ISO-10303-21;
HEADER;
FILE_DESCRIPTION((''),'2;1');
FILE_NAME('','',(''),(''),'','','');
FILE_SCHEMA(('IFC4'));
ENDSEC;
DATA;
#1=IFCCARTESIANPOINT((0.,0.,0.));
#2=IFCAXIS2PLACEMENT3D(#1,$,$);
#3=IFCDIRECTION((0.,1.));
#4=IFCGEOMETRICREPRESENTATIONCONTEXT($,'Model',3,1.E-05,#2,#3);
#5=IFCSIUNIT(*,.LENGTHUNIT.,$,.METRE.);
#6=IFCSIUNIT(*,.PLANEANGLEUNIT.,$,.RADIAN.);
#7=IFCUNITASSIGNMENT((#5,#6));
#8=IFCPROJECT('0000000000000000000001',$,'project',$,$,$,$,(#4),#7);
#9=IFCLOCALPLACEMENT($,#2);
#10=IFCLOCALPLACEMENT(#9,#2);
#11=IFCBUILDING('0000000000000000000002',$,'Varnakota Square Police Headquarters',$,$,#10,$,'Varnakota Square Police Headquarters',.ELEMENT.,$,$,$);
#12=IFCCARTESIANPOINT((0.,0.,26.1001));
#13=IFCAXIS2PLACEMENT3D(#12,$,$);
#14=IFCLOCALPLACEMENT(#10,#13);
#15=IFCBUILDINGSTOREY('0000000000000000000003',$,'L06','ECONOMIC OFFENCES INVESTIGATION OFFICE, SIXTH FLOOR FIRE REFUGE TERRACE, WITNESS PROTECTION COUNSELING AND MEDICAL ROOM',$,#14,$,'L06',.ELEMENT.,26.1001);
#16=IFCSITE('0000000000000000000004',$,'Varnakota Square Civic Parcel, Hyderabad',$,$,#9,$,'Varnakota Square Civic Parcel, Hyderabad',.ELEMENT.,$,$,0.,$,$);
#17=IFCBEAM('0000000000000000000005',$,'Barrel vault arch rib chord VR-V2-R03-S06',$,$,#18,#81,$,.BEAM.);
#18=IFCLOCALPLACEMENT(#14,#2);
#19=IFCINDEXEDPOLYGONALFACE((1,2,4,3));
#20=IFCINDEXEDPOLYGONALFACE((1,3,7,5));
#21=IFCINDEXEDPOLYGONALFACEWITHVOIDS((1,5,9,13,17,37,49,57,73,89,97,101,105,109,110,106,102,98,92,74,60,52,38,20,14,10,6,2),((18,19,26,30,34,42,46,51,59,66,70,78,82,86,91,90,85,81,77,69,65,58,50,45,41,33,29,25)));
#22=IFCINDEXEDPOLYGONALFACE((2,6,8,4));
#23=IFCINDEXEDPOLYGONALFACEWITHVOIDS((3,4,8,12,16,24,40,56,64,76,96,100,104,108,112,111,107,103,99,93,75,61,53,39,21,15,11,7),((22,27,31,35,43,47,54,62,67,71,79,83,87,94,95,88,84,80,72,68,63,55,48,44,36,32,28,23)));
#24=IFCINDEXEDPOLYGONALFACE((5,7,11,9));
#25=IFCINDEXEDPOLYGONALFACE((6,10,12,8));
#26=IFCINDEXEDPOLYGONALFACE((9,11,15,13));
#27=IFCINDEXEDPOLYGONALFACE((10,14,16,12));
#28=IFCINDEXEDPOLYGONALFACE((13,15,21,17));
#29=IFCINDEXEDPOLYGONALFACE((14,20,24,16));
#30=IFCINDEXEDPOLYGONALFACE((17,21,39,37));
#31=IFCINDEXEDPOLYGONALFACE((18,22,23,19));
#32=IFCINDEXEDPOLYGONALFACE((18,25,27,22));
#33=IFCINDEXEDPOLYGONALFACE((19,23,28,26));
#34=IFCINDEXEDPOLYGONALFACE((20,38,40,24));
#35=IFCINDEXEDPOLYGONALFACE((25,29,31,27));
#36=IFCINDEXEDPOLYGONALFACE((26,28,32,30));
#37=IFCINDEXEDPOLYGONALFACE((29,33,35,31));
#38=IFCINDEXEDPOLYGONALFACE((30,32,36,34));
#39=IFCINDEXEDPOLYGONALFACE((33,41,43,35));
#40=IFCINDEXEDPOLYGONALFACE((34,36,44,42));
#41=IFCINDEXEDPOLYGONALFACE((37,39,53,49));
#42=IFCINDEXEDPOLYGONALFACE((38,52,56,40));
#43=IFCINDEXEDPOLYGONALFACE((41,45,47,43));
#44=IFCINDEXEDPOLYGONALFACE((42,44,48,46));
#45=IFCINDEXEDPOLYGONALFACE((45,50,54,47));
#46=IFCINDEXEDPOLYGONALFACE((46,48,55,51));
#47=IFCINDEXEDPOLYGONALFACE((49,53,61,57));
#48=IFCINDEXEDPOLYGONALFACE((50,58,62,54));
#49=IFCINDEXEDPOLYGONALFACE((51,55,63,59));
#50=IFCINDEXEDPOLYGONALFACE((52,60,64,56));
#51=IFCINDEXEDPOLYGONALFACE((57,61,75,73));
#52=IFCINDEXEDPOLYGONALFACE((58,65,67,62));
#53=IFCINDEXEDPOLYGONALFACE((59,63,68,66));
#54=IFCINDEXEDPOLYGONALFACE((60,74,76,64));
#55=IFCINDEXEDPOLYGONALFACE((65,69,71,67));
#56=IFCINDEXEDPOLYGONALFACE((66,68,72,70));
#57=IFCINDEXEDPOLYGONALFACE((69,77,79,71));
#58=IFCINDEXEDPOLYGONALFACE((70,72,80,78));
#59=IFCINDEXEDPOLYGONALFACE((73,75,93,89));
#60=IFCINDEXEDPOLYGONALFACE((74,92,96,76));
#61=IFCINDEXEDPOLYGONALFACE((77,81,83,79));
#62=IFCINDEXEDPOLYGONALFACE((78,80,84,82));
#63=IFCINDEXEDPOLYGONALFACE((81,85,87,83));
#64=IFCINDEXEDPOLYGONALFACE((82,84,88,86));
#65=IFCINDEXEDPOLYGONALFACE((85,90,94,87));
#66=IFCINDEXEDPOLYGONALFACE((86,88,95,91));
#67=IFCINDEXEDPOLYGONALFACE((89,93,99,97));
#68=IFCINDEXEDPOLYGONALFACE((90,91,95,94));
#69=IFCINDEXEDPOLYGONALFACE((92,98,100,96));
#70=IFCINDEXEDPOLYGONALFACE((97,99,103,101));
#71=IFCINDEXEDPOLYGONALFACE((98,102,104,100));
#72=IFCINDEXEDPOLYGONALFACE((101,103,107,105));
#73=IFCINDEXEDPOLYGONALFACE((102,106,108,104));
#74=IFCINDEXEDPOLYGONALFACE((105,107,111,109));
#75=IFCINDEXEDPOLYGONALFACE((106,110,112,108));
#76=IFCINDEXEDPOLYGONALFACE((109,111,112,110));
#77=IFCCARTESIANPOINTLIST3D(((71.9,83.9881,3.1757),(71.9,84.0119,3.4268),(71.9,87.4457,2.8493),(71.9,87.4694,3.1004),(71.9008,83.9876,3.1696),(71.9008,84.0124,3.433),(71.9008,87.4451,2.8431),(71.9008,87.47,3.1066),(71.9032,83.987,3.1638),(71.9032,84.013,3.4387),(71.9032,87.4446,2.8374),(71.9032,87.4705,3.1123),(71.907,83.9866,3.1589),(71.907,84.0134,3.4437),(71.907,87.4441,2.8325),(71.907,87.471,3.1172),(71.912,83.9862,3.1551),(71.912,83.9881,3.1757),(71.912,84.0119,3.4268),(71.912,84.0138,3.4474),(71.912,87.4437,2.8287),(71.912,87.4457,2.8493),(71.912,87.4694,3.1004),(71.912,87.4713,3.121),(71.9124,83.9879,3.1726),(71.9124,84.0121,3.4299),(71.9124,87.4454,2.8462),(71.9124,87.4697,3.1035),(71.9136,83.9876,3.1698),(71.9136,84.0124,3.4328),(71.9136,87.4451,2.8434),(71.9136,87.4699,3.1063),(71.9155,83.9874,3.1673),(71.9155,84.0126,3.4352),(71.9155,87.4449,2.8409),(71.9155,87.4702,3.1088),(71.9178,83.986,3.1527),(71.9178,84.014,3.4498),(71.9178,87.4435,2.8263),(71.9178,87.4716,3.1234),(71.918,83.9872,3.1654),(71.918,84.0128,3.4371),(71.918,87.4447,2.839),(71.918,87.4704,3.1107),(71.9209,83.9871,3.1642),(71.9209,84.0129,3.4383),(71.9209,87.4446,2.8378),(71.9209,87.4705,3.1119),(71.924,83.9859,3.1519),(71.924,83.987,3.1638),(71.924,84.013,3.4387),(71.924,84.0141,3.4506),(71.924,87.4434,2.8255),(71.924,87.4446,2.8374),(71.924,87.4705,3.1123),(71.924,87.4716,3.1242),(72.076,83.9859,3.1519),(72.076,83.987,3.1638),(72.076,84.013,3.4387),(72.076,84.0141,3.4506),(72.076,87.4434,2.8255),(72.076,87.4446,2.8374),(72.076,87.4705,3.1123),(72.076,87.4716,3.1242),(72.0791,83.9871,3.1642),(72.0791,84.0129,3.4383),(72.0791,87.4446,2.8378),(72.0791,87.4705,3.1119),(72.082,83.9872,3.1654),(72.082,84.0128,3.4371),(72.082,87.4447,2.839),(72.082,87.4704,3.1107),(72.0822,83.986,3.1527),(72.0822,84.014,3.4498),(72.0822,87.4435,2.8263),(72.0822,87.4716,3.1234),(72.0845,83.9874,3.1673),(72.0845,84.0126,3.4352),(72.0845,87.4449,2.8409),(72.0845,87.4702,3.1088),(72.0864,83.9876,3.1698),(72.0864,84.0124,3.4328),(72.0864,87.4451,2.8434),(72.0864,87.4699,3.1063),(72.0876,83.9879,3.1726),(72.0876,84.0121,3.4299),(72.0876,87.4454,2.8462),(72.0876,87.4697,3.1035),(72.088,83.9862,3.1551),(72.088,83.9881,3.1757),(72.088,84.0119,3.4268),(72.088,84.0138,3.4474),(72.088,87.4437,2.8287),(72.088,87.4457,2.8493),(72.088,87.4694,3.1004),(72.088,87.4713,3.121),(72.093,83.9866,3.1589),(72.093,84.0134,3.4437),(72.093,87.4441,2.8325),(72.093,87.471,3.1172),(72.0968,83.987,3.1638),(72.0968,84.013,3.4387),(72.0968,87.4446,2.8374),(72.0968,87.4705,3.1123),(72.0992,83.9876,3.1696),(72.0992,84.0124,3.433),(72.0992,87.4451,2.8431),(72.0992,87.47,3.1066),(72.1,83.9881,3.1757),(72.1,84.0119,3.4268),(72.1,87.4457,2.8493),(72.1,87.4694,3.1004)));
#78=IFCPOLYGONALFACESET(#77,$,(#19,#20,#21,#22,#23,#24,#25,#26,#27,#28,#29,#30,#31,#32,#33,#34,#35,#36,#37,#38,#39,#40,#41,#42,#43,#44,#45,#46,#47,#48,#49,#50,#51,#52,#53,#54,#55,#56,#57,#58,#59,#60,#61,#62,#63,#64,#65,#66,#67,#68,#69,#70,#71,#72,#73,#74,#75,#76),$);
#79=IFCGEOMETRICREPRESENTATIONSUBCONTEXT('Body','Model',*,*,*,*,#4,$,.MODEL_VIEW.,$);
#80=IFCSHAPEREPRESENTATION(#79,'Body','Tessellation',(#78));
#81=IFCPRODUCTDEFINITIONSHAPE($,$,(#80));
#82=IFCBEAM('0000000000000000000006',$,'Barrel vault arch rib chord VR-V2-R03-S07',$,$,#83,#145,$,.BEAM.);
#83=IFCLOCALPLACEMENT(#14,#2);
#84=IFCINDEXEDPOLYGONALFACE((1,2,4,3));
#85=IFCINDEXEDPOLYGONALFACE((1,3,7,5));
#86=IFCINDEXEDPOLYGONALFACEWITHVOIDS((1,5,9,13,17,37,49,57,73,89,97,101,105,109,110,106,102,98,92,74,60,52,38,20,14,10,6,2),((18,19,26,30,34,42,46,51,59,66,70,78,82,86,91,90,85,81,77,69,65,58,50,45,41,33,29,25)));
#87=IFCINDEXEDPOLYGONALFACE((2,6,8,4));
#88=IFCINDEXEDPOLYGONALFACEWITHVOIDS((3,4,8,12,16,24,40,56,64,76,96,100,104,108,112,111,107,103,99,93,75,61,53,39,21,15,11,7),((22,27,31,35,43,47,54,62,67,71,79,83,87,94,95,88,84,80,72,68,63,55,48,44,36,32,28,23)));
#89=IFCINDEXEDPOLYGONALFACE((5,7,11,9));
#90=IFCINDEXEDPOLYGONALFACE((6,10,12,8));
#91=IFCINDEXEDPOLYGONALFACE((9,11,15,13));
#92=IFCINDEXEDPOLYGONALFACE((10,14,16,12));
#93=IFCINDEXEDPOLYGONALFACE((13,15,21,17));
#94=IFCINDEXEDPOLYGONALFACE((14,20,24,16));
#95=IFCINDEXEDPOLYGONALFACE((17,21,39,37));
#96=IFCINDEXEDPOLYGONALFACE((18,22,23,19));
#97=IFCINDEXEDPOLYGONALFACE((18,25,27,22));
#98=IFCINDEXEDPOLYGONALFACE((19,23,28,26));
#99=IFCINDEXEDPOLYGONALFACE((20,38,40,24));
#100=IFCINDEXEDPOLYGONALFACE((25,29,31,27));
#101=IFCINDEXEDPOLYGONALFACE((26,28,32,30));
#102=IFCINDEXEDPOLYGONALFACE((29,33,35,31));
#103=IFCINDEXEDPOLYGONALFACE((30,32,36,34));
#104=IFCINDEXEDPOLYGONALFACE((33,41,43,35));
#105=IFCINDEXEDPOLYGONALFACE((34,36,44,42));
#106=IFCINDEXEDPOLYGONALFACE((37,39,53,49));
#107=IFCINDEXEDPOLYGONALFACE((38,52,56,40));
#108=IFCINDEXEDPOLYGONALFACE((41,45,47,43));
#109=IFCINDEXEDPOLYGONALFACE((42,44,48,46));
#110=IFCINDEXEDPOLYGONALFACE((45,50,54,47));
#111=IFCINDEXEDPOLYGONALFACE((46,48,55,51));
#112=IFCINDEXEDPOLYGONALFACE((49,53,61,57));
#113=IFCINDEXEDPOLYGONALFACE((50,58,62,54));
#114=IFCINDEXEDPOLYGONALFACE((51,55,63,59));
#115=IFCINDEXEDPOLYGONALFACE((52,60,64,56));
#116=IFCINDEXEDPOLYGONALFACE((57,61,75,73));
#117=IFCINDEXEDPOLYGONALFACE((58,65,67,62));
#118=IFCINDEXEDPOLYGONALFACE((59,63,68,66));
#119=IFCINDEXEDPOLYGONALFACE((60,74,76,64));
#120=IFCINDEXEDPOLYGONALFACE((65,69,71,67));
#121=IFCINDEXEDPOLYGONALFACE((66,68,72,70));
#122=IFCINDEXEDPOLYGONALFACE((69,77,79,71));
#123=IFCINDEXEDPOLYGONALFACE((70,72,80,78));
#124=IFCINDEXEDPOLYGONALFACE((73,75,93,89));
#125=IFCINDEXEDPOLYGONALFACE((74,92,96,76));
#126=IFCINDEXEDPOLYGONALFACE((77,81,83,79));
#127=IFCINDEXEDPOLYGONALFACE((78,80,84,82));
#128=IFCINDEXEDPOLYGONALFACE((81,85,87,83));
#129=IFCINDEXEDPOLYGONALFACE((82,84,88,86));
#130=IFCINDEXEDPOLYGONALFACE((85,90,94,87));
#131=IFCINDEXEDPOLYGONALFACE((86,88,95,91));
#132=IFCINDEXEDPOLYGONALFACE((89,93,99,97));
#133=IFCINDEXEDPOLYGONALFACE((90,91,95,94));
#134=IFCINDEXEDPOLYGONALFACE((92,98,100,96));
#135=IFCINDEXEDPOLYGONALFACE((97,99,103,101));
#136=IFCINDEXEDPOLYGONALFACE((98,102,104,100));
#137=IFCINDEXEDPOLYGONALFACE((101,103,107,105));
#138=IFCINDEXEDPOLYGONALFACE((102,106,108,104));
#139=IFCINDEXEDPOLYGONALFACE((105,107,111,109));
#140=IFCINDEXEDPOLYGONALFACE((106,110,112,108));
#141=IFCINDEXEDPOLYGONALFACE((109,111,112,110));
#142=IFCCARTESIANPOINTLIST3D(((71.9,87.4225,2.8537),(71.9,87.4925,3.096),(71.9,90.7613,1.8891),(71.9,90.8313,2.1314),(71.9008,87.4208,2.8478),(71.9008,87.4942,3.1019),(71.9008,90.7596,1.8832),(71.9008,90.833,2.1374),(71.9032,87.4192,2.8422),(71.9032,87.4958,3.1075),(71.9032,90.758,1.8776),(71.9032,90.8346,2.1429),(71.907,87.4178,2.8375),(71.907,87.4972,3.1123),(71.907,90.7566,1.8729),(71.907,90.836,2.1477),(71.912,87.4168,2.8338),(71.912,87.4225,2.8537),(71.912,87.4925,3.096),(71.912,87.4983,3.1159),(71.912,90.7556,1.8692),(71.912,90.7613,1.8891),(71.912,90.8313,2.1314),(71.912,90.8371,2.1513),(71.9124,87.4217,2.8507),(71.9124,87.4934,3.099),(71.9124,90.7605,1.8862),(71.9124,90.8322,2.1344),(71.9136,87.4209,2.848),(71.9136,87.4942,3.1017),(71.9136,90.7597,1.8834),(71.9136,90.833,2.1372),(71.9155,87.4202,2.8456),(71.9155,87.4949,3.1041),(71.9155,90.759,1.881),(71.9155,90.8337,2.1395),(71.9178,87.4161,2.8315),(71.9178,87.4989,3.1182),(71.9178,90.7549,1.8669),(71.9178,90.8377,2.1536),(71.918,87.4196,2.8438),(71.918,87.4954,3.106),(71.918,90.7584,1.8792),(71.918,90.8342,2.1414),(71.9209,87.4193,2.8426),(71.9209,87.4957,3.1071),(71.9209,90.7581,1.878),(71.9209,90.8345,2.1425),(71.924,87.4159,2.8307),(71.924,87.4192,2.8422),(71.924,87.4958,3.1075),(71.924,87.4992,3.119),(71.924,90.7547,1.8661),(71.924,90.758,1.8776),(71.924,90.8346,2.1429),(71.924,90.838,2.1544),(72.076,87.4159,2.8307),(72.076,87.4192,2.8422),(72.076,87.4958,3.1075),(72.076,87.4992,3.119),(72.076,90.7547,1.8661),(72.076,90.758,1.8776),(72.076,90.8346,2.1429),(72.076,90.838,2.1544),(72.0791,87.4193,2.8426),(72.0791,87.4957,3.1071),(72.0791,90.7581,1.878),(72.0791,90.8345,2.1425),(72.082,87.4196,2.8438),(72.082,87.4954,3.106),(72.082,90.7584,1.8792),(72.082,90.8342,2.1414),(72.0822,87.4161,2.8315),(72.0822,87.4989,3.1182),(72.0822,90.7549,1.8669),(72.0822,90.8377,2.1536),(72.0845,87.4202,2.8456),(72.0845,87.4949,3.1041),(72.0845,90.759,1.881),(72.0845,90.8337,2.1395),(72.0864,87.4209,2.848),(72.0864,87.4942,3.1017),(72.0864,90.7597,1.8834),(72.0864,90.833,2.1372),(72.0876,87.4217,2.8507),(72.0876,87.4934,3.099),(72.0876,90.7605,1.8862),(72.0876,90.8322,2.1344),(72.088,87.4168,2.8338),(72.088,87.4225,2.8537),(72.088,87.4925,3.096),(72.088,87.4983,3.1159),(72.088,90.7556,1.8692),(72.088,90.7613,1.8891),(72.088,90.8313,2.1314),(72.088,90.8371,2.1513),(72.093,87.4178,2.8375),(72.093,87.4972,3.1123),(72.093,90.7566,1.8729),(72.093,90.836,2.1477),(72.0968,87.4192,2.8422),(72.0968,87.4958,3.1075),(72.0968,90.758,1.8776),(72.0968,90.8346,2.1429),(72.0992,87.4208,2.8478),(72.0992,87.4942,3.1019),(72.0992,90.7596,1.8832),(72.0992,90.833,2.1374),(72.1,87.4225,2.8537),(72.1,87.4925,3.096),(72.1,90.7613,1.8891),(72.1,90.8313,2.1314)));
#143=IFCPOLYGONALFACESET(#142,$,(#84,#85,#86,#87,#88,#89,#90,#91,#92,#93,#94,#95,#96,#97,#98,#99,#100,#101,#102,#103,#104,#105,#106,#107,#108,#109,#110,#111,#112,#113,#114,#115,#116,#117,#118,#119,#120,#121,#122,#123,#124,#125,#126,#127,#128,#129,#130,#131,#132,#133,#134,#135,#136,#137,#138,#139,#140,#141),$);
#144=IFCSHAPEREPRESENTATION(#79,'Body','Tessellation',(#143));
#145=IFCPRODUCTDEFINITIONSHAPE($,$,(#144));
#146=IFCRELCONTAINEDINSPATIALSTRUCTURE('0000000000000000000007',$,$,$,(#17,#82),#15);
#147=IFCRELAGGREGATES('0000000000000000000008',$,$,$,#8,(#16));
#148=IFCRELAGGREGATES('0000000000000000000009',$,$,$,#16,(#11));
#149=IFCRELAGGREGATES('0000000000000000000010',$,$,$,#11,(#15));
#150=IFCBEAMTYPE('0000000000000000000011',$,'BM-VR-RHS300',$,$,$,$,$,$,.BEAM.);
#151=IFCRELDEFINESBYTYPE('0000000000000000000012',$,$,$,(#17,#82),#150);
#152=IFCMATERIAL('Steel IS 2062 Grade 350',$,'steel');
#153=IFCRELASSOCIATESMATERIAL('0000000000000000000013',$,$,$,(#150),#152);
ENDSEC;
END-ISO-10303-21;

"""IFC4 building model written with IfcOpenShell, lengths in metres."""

from ifc_helpers import new_model, si_unit, direction, frame, origin, origin_2d, place, context, subcontext, project, spatial, hollow_rectangle, extrude, material, material_profile, profile_set, type_object, element, save


model = new_model("IFC4")

# Units and contexts
model_context = context("Model", 3, precision=1e-05, world=origin(), true_north=direction((0.0, 1.0)))
body_context = subcontext(model_context, "Body", "Model", "MODEL_VIEW")
ifc_project = project(units=[si_unit("LENGTHUNIT", "METRE"), si_unit("PLANEANGLEUNIT", "RADIAN")], contexts=[model_context])

# Site, building, storey
site_placement = place(None, origin())
site = spatial("IfcSite", under=ifc_project, at=site_placement, Name="Varnakota Square Civic Parcel, Hyderabad", LongName="Varnakota Square Civic Parcel, Hyderabad", CompositionType="ELEMENT", RefElevation=0.0)
building_placement = place(site_placement, origin())
building = spatial("IfcBuilding", under=site, at=building_placement, Name="Varnakota Square Police Headquarters", LongName="Varnakota Square Police Headquarters", CompositionType="ELEMENT")
storey_placement = place(building_placement, frame((0.0, 0.0, 26.1001)))
storey = spatial("IfcBuildingStorey", under=building, at=storey_placement, Name="L06", Description="ECONOMIC OFFENCES INVESTIGATION OFFICE, SIXTH FLOOR FIRE REFUGE TERRACE, WITNESS PROTECTION COUNSELING AND MEDICAL ROOM", LongName="L06", CompositionType="ELEMENT", Elevation=26.1001)

# Beams
ifc_material_1 = material(Name="Steel IS 2062 Grade 350", Category="steel")
ifc_material_profile_1 = material_profile(ifc_material_1, hollow_rectangle(XDim=0.2, YDim=0.3, WallThickness=0.012, InnerFilletRadius=0.012, OuterFilletRadius=0.0239, at=origin_2d()), Name="RHS 300x200x12")
ifc_profile_set_1 = profile_set([ifc_material_profile_1], Name="Steel IS 2062 Grade 350")
beam_type = type_object("IfcBeamType", Name="BM-VR-RHS300", PredefinedType="BEAM", material=ifc_profile_set_1)
beam_1_placement = place(storey_placement, frame((72.0, 84.0, 3.3013), z_axis=(0.0, 0.995573, -0.09399), x_axis=(-1.0, 0.0, 0.0)))
element("IfcBeam", 1, at=beam_1_placement, inside=storey, type_object=beam_type, Name="Barrel vault arch rib chord VR-V2-R03-S06", PredefinedType="BEAM", context=body_context, shape_type="SweptSolid", body=[
    extrude(hollow_rectangle(XDim=0.2, YDim=0.3, WallThickness=0.012, InnerFilletRadius=0.012, OuterFilletRadius=0.0239, at=origin_2d()), origin(), (0.0, 0.0, 1.0), 3.4729),
])
beam_2_placement = place(storey_placement, frame((72.0, 87.4575, 2.9749), z_axis=(0.0, 0.960711, -0.27755), x_axis=(-1.0, 0.0, 0.0)))
element("IfcBeam", 2, at=beam_2_placement, inside=storey, type_object=beam_type, Name="Barrel vault arch rib chord VR-V2-R03-S07", PredefinedType="BEAM", context=body_context, shape_type="SweptSolid", body=[
    extrude(hollow_rectangle(XDim=0.2, YDim=0.3, WallThickness=0.012, InnerFilletRadius=0.012, OuterFilletRadius=0.0239, at=origin_2d()), origin(), (0.0, 0.0, 1.0), 3.4753),
])

save(model, "model.ifc")
